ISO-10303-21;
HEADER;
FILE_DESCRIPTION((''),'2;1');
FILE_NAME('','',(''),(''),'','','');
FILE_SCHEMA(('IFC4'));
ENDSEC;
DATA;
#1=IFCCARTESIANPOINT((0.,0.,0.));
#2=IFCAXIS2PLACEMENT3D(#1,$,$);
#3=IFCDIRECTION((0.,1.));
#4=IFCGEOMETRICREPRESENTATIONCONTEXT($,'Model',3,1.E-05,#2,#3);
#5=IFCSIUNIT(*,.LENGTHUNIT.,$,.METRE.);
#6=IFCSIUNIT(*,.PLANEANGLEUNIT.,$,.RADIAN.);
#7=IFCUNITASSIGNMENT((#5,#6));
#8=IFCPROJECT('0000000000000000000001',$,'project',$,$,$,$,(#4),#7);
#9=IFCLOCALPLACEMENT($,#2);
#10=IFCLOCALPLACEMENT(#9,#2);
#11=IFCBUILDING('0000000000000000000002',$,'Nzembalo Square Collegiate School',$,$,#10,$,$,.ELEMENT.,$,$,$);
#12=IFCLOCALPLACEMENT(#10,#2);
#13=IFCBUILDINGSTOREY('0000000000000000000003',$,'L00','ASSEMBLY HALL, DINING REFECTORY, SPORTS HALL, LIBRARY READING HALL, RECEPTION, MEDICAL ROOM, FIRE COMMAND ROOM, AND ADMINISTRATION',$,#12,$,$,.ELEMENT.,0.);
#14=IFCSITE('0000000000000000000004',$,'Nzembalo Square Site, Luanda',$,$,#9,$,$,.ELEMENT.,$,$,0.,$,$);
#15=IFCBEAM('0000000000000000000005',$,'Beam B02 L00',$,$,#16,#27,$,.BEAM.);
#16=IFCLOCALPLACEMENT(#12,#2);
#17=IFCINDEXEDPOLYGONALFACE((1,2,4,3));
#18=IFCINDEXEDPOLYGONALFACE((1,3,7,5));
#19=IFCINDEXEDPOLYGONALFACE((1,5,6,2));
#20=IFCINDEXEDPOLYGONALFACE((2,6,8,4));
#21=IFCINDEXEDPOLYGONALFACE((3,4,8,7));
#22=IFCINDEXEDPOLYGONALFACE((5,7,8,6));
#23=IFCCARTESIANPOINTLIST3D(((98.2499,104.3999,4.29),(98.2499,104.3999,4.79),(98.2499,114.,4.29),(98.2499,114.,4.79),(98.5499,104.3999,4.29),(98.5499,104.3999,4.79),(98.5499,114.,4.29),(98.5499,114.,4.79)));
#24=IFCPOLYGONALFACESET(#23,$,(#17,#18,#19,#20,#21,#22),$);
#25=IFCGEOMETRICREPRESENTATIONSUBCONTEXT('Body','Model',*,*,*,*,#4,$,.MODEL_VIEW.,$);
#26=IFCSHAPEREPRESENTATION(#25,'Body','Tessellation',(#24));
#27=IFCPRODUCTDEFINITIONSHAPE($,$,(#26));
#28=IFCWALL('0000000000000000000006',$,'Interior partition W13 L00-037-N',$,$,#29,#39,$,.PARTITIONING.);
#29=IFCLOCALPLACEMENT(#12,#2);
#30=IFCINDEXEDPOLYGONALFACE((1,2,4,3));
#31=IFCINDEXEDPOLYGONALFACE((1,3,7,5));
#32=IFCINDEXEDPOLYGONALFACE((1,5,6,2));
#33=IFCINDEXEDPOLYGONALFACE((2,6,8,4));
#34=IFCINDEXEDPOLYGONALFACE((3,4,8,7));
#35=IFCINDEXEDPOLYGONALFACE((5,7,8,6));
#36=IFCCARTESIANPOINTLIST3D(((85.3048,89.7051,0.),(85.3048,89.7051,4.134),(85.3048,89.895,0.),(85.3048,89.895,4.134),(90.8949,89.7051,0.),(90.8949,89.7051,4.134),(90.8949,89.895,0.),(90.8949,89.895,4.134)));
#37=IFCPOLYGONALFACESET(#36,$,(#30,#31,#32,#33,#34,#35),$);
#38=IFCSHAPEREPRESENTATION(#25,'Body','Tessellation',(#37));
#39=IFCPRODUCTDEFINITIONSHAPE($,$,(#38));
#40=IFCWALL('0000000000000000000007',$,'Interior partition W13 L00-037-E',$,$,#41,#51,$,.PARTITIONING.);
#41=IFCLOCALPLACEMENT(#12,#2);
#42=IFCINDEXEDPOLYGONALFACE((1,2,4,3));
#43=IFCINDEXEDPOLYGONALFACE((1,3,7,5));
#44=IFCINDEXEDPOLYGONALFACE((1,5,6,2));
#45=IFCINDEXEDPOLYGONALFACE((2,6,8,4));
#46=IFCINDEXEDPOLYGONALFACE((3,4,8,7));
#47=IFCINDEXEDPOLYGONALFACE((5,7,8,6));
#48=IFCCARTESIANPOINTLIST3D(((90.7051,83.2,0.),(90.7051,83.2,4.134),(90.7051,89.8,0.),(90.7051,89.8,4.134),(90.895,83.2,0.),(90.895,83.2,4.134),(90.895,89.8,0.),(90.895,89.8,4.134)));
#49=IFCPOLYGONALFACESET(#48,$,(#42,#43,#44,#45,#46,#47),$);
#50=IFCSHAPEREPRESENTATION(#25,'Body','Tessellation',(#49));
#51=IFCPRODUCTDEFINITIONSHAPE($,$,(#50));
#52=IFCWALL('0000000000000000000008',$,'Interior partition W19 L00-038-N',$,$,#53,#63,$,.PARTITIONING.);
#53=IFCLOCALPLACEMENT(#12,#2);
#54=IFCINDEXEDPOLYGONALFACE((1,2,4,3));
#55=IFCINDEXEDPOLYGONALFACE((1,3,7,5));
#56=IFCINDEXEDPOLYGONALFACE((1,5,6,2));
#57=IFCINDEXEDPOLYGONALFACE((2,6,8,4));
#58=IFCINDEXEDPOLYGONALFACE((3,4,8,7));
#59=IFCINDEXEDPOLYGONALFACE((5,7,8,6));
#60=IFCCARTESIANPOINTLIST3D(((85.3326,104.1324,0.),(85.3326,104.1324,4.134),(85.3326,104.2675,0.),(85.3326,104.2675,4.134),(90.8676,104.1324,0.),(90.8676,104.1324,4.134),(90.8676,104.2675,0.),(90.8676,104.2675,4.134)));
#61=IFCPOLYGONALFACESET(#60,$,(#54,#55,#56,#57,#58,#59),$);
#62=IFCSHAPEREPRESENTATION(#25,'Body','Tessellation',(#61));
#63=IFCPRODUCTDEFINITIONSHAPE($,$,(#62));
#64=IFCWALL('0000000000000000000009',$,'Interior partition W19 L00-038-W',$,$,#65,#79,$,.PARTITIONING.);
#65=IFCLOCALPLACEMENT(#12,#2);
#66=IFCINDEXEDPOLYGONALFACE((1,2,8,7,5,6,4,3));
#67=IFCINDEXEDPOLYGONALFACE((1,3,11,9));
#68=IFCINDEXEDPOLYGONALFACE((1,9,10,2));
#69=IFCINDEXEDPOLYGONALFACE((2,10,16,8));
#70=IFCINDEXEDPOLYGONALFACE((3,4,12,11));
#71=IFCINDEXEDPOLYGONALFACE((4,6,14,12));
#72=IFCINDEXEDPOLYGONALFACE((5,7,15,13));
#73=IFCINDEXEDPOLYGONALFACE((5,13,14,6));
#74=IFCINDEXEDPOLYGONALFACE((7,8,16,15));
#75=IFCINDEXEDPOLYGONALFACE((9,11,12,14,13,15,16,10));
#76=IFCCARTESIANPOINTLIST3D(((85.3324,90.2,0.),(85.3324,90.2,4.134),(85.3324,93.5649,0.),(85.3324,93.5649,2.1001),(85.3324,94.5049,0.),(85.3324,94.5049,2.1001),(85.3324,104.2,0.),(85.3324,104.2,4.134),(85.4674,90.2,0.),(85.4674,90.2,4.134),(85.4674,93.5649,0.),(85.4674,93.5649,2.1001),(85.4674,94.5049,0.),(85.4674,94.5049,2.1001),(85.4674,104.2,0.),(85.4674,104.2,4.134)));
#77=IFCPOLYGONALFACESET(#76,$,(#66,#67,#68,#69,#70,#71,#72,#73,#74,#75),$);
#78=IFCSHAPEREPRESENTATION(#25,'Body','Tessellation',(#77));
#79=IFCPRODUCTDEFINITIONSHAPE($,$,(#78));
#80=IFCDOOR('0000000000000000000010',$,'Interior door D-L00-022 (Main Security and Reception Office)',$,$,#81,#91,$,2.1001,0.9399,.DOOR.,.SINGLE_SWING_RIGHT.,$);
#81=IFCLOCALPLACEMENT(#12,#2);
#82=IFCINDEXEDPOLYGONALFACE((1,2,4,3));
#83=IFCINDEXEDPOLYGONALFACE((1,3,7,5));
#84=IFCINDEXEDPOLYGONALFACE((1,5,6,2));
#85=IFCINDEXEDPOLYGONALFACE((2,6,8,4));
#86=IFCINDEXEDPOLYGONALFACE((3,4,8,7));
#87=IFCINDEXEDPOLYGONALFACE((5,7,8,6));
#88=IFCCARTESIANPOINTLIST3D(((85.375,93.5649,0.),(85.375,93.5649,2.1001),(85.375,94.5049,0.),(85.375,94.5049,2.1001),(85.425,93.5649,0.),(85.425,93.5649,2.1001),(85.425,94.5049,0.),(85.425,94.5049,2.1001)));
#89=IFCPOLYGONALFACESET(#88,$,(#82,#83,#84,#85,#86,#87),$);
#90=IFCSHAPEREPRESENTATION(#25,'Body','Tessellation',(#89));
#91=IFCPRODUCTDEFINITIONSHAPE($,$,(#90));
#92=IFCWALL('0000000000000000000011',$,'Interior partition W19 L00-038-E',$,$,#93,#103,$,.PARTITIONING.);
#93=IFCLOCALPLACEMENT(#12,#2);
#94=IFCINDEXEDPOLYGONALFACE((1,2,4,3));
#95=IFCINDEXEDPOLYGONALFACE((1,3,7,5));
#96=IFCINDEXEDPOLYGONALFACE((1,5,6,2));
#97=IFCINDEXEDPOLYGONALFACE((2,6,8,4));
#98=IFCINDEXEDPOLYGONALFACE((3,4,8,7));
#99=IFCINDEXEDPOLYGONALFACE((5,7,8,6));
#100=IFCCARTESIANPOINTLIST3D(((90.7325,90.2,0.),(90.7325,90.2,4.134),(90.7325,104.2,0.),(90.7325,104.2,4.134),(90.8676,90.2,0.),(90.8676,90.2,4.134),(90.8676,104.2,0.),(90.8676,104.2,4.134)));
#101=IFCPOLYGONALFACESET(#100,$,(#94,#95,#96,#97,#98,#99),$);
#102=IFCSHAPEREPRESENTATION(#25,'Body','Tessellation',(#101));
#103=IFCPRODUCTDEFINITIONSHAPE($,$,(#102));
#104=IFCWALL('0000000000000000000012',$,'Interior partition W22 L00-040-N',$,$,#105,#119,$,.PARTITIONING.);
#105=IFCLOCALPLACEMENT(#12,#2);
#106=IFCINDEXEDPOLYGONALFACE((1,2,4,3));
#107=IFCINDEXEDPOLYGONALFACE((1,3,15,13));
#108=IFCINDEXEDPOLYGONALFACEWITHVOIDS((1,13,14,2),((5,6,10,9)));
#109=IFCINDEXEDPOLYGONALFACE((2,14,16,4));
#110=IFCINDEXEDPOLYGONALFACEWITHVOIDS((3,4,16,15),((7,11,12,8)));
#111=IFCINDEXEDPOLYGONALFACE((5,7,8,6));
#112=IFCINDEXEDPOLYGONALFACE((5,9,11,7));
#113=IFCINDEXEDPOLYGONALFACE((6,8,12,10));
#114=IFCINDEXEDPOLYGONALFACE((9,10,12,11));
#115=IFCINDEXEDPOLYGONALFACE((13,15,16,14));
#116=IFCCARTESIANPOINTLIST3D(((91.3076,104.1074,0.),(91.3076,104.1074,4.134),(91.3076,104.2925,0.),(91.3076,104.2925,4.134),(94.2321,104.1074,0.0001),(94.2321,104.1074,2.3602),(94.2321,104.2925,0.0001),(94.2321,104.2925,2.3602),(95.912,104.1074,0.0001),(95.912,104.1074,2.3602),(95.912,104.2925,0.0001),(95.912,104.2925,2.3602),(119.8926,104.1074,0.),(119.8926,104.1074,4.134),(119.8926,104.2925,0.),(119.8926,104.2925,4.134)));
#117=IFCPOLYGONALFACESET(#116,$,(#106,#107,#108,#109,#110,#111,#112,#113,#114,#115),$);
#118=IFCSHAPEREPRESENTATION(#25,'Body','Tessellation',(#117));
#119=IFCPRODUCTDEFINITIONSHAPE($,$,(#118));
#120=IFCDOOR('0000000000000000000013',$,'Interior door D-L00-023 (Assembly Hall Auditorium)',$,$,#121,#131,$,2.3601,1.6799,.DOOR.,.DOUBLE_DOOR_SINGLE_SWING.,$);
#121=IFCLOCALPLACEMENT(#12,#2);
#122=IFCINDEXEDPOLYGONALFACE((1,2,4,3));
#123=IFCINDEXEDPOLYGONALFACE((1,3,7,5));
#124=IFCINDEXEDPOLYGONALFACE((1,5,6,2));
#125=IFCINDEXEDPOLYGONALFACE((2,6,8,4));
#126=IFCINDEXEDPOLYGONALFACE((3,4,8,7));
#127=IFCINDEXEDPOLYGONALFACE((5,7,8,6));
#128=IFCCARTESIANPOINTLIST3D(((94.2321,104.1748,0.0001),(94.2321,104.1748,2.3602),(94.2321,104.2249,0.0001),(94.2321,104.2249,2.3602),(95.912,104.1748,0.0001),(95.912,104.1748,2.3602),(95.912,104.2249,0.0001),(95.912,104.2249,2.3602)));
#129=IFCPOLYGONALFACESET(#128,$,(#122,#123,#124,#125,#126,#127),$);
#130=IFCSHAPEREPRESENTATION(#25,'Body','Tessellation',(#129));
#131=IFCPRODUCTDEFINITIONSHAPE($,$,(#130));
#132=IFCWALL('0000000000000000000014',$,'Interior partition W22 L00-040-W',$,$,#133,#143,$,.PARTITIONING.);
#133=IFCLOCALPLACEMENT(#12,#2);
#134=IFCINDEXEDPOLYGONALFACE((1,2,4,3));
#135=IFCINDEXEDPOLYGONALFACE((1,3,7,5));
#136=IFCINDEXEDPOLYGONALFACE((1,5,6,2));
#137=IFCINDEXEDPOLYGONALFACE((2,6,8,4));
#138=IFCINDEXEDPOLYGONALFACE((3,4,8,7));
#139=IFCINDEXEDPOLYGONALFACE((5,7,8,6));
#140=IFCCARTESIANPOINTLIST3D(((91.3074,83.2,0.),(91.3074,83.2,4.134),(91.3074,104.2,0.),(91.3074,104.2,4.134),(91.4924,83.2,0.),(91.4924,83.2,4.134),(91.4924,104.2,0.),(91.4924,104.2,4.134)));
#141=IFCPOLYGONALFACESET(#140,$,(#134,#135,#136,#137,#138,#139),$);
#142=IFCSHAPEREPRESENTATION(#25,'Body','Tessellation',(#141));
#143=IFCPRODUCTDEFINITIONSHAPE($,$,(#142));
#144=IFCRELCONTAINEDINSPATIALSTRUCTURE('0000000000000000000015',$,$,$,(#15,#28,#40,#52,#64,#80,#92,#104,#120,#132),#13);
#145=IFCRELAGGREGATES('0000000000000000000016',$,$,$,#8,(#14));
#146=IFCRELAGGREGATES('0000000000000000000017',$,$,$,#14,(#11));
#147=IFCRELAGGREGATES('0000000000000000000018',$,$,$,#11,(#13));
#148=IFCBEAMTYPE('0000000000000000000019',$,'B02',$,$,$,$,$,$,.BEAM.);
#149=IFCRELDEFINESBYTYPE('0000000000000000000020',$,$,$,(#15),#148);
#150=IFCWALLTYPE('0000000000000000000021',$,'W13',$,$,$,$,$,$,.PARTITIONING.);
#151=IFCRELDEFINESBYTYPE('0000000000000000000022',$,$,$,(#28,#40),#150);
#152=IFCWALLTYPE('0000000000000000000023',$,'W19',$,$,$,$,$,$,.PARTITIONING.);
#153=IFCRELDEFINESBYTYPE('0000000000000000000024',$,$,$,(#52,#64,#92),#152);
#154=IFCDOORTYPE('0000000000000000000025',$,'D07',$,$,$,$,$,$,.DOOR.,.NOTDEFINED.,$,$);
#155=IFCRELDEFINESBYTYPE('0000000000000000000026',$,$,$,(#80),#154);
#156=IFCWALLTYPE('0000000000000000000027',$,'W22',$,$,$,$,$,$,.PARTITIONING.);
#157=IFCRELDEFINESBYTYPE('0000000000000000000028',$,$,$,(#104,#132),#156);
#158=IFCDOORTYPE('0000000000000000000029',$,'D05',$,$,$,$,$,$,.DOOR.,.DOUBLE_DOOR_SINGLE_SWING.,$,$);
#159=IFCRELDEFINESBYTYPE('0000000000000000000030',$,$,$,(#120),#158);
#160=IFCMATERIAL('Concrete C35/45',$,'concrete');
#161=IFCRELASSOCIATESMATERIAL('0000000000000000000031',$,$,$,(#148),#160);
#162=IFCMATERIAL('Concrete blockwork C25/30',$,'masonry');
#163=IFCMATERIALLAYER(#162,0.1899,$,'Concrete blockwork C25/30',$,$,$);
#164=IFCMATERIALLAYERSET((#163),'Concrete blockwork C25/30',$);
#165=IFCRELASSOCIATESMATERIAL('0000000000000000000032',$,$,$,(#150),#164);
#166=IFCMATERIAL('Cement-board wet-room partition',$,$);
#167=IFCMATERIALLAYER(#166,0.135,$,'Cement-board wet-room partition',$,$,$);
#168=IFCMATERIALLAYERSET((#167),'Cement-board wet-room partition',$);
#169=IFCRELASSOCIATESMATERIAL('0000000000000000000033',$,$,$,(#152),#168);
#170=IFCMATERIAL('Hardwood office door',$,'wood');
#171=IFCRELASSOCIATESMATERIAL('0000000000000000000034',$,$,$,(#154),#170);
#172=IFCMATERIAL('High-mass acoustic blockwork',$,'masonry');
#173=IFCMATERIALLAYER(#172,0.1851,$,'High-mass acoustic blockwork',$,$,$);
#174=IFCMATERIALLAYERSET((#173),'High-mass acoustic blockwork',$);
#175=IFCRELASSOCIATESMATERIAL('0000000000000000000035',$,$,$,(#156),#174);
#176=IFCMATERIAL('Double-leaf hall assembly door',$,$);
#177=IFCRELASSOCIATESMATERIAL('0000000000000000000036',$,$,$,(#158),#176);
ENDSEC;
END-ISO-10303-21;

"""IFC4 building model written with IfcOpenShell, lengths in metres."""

from ifc_helpers import new_model, si_unit, direction, frame, frame_2d, origin, origin_2d, place, context, subcontext, project, spatial, rectangle, extrude, material, layer, layer_set, material_profile, profile_set, type_object, element, fill, save


model = new_model("IFC4")

# Units and contexts
model_context = context("Model", 3, precision=1e-05, world=origin(), true_north=direction((0.0, 1.0)))
body_context = subcontext(model_context, "Body", "Model", "MODEL_VIEW")
ifc_project = project(units=[si_unit("LENGTHUNIT", "METRE"), si_unit("PLANEANGLEUNIT", "RADIAN")], contexts=[model_context])

# Site, building, storey
site_placement = place(None, origin())
site = spatial("IfcSite", under=ifc_project, at=site_placement, Name="Nzembalo Square Site, Luanda", CompositionType="ELEMENT", RefElevation=0.0)
building_placement = place(site_placement, origin())
building = spatial("IfcBuilding", under=site, at=building_placement, Name="Nzembalo Square Collegiate School", CompositionType="ELEMENT")
storey_placement = place(building_placement, origin())
storey = spatial("IfcBuildingStorey", under=building, at=storey_placement, Name="L00", Description="ASSEMBLY HALL, DINING REFECTORY, SPORTS HALL, LIBRARY READING HALL, RECEPTION, MEDICAL ROOM, FIRE COMMAND ROOM, AND ADMINISTRATION", CompositionType="ELEMENT", Elevation=0.0)

# Beam
ifc_material_1 = material(Name="Concrete C35/45", Category="concrete")
ifc_material_profile_1 = material_profile(ifc_material_1, rectangle(XDim=0.3, YDim=0.5, at=origin_2d()), Name="RC 300x500")
ifc_profile_set_1 = profile_set([ifc_material_profile_1], Name="Concrete C35/45")
beam_type_1 = type_object("IfcBeamType", Name="B02", PredefinedType="BEAM", material=ifc_profile_set_1)
for number, where, z_axis, x_axis, name in (
    (1, (98.3999, 104.3999, 4.54), (0.0, 1.0, 0.0), (-1.0, 0.0, 0.0), "Beam B02 L00"),
):
    element("IfcBeam", number, at=place(storey_placement, frame(where, z_axis=z_axis, x_axis=x_axis)), inside=storey, type_object=beam_type_1, Name=name, PredefinedType="BEAM", context=body_context, shape_type="SweptSolid", body=[
        extrude(rectangle(XDim=0.3, YDim=0.5, at=origin_2d()), origin(), (0.0, 0.0, 1.0), 9.6001),
    ])

# Walls
ifc_material_2 = material(Name="Concrete blockwork C25/30", Category="masonry")
ifc_layer_1 = layer(ifc_material_2, 0.1899, Name="Concrete blockwork C25/30")
ifc_layer_set_1 = layer_set([ifc_layer_1], Name="Concrete blockwork C25/30")
wall_type_1 = type_object("IfcWallType", Name="W13", PredefinedType="PARTITIONING", material=ifc_layer_set_1)
wall_1_placement = place(storey_placement, frame((85.3049, 89.8, 0.0), z_axis=(0.0, 0.0, 1.0), x_axis=(1.0, 0.0, 0.0)))
element("IfcWall", 2, at=wall_1_placement, inside=storey, type_object=wall_type_1, Name="Interior partition W13 L00-037-N", PredefinedType="PARTITIONING", context=body_context, shape_type="SweptSolid", body=[
    extrude(rectangle(XDim=5.5901, YDim=0.1899, at=frame_2d((2.7949, 0.0))), origin(), (0.0, 0.0, 1.0), 4.134),
])
wall_2_placement = place(storey_placement, frame((90.8, 83.2, 0.0), z_axis=(0.0, 0.0, 1.0), x_axis=(0.0, 1.0, 0.0)))
element("IfcWall", 3, at=wall_2_placement, inside=storey, type_object=wall_type_1, Name="Interior partition W13 L00-037-E", PredefinedType="PARTITIONING", context=body_context, shape_type="SweptSolid", body=[
    extrude(rectangle(XDim=6.6001, YDim=0.1899, at=frame_2d((3.3, 0.0))), origin(), (0.0, 0.0, 1.0), 4.134),
])
ifc_material_3 = material(Name="Cement-board wet-room partition")
ifc_layer_2 = layer(ifc_material_3, 0.135, Name="Cement-board wet-room partition")
ifc_layer_set_2 = layer_set([ifc_layer_2], Name="Cement-board wet-room partition")
wall_type_2 = type_object("IfcWallType", Name="W19", PredefinedType="PARTITIONING", material=ifc_layer_set_2)
wall_3_placement = place(storey_placement, frame((85.3325, 104.2, 0.0), z_axis=(0.0, 0.0, 1.0), x_axis=(1.0, 0.0, 0.0)))
element("IfcWall", 4, at=wall_3_placement, inside=storey, type_object=wall_type_2, Name="Interior partition W19 L00-038-N", PredefinedType="PARTITIONING", context=body_context, shape_type="SweptSolid", body=[
    extrude(rectangle(XDim=5.5349, YDim=0.135, at=frame_2d((2.7676, 0.0))), origin(), (0.0, 0.0, 1.0), 4.134),
])

# Wall, opening, door
wall_4_placement = place(storey_placement, frame((85.3999, 90.2, 0.0), z_axis=(0.0, 0.0, 1.0), x_axis=(0.0, 1.0, 0.0)))
wall_4 = element("IfcWall", 5, at=wall_4_placement, inside=storey, type_object=wall_type_2, Name="Interior partition W19 L00-038-W", PredefinedType="PARTITIONING", context=body_context, shape_type="SweptSolid", body=[
    extrude(rectangle(XDim=14.0, YDim=0.135, at=frame_2d((7.0, 0.0))), origin(), (0.0, 0.0, 1.0), 4.134),
])
opening_1_placement = place(wall_4_placement, frame((3.365, 0.0, 0.0)))
opening_1 = element("IfcOpeningElement", 6, at=opening_1_placement, cuts=wall_4, PredefinedType="OPENING", context=body_context, shape_type="SweptSolid", body=[
    extrude(rectangle(XDim=0.9399, YDim=2.1001, at=frame_2d((0.47, 1.05))), frame((0.0, 0.0776, 0.0), z_axis=(0.0, -1.0, 0.0), x_axis=(1.0, 0.0, 0.0)), (0.0, 0.0, 1.0), 0.155),
])
ifc_material_4 = material(Name="Hardwood office door", Category="wood")
door_type_1 = type_object("IfcDoorType", Name="D07", OperationType="NOTDEFINED", PredefinedType="DOOR", material=ifc_material_4)
door_1_placement = place(opening_1_placement, origin())
door_1 = element("IfcDoor", 7, at=door_1_placement, inside=storey, type_object=door_type_1, Name="Interior door D-L00-022 (Main Security and Reception Office)", OperationType="SINGLE_SWING_RIGHT", OverallHeight=2.1001, OverallWidth=0.9399, PredefinedType="DOOR", context=body_context, shape_type="SweptSolid", body=[
    extrude(rectangle(XDim=0.9399, YDim=2.1001, at=frame_2d((0.47, 1.05))), frame((0.0, 0.0249, 0.0), z_axis=(0.0, -1.0, 0.0), x_axis=(1.0, 0.0, 0.0)), (0.0, 0.0, 1.0), 0.05),
])
fill(opening_1, door_1)

# Wall
wall_5_placement = place(storey_placement, frame((90.8, 90.2, 0.0), z_axis=(0.0, 0.0, 1.0), x_axis=(0.0, 1.0, 0.0)))
element("IfcWall", 8, at=wall_5_placement, inside=storey, type_object=wall_type_2, Name="Interior partition W19 L00-038-E", PredefinedType="PARTITIONING", context=body_context, shape_type="SweptSolid", body=[
    extrude(rectangle(XDim=14.0, YDim=0.135, at=frame_2d((7.0, 0.0))), origin(), (0.0, 0.0, 1.0), 4.134),
])

# Wall, opening, door
ifc_material_5 = material(Name="High-mass acoustic blockwork", Category="masonry")
ifc_layer_3 = layer(ifc_material_5, 0.1851, Name="High-mass acoustic blockwork")
ifc_layer_set_3 = layer_set([ifc_layer_3], Name="High-mass acoustic blockwork")
wall_type_3 = type_object("IfcWallType", Name="W22", PredefinedType="PARTITIONING", material=ifc_layer_set_3)
wall_6_placement = place(storey_placement, frame((91.3076, 104.2, 0.0), z_axis=(0.0, 0.0, 1.0), x_axis=(1.0, 0.0, 0.0)))
wall_6 = element("IfcWall", 9, at=wall_6_placement, inside=storey, type_object=wall_type_3, Name="Interior partition W22 L00-040-N", PredefinedType="PARTITIONING", context=body_context, shape_type="SweptSolid", body=[
    extrude(rectangle(XDim=28.585, YDim=0.1851, at=frame_2d((14.2925, 0.0))), origin(), (0.0, 0.0, 1.0), 4.134),
])
opening_2_placement = place(wall_6_placement, frame((2.9246, 0.0, 0.0)))
opening_2 = element("IfcOpeningElement", 10, at=opening_2_placement, cuts=wall_6, PredefinedType="OPENING", context=body_context, shape_type="SweptSolid", body=[
    extrude(rectangle(XDim=1.6799, YDim=2.3601, at=frame_2d((0.8398, 1.1802))), frame((0.0, 0.1025, 0.0), z_axis=(0.0, -1.0, 0.0), x_axis=(1.0, 0.0, 0.0)), (0.0, 0.0, 1.0), 0.2051),
])
ifc_material_6 = material(Name="Double-leaf hall assembly door")
door_type_2 = type_object("IfcDoorType", Name="D05", OperationType="DOUBLE_DOOR_SINGLE_SWING", PredefinedType="DOOR", material=ifc_material_6)
door_2_placement = place(opening_2_placement, origin())
door_2 = element("IfcDoor", 11, at=door_2_placement, inside=storey, type_object=door_type_2, Name="Interior door D-L00-023 (Assembly Hall Auditorium)", OperationType="DOUBLE_DOOR_SINGLE_SWING", OverallHeight=2.3601, OverallWidth=1.6799, PredefinedType="DOOR", context=body_context, shape_type="SweptSolid", body=[
    extrude(rectangle(XDim=1.6799, YDim=2.3601, at=frame_2d((0.8398, 1.1802))), frame((0.0, 0.0249, 0.0), z_axis=(0.0, -1.0, 0.0), x_axis=(1.0, 0.0, 0.0)), (0.0, 0.0, 1.0), 0.05),
])
fill(opening_2, door_2)

# Wall
wall_7_placement = place(storey_placement, frame((91.3999, 83.2, 0.0), z_axis=(0.0, 0.0, 1.0), x_axis=(0.0, 1.0, 0.0)))
element("IfcWall", 12, at=wall_7_placement, inside=storey, type_object=wall_type_3, Name="Interior partition W22 L00-040-W", PredefinedType="PARTITIONING", context=body_context, shape_type="SweptSolid", body=[
    extrude(rectangle(XDim=21.0, YDim=0.1851, at=frame_2d((10.5, 0.0))), origin(), (0.0, 0.0, 1.0), 4.134),
])

save(model, "model.ifc")
